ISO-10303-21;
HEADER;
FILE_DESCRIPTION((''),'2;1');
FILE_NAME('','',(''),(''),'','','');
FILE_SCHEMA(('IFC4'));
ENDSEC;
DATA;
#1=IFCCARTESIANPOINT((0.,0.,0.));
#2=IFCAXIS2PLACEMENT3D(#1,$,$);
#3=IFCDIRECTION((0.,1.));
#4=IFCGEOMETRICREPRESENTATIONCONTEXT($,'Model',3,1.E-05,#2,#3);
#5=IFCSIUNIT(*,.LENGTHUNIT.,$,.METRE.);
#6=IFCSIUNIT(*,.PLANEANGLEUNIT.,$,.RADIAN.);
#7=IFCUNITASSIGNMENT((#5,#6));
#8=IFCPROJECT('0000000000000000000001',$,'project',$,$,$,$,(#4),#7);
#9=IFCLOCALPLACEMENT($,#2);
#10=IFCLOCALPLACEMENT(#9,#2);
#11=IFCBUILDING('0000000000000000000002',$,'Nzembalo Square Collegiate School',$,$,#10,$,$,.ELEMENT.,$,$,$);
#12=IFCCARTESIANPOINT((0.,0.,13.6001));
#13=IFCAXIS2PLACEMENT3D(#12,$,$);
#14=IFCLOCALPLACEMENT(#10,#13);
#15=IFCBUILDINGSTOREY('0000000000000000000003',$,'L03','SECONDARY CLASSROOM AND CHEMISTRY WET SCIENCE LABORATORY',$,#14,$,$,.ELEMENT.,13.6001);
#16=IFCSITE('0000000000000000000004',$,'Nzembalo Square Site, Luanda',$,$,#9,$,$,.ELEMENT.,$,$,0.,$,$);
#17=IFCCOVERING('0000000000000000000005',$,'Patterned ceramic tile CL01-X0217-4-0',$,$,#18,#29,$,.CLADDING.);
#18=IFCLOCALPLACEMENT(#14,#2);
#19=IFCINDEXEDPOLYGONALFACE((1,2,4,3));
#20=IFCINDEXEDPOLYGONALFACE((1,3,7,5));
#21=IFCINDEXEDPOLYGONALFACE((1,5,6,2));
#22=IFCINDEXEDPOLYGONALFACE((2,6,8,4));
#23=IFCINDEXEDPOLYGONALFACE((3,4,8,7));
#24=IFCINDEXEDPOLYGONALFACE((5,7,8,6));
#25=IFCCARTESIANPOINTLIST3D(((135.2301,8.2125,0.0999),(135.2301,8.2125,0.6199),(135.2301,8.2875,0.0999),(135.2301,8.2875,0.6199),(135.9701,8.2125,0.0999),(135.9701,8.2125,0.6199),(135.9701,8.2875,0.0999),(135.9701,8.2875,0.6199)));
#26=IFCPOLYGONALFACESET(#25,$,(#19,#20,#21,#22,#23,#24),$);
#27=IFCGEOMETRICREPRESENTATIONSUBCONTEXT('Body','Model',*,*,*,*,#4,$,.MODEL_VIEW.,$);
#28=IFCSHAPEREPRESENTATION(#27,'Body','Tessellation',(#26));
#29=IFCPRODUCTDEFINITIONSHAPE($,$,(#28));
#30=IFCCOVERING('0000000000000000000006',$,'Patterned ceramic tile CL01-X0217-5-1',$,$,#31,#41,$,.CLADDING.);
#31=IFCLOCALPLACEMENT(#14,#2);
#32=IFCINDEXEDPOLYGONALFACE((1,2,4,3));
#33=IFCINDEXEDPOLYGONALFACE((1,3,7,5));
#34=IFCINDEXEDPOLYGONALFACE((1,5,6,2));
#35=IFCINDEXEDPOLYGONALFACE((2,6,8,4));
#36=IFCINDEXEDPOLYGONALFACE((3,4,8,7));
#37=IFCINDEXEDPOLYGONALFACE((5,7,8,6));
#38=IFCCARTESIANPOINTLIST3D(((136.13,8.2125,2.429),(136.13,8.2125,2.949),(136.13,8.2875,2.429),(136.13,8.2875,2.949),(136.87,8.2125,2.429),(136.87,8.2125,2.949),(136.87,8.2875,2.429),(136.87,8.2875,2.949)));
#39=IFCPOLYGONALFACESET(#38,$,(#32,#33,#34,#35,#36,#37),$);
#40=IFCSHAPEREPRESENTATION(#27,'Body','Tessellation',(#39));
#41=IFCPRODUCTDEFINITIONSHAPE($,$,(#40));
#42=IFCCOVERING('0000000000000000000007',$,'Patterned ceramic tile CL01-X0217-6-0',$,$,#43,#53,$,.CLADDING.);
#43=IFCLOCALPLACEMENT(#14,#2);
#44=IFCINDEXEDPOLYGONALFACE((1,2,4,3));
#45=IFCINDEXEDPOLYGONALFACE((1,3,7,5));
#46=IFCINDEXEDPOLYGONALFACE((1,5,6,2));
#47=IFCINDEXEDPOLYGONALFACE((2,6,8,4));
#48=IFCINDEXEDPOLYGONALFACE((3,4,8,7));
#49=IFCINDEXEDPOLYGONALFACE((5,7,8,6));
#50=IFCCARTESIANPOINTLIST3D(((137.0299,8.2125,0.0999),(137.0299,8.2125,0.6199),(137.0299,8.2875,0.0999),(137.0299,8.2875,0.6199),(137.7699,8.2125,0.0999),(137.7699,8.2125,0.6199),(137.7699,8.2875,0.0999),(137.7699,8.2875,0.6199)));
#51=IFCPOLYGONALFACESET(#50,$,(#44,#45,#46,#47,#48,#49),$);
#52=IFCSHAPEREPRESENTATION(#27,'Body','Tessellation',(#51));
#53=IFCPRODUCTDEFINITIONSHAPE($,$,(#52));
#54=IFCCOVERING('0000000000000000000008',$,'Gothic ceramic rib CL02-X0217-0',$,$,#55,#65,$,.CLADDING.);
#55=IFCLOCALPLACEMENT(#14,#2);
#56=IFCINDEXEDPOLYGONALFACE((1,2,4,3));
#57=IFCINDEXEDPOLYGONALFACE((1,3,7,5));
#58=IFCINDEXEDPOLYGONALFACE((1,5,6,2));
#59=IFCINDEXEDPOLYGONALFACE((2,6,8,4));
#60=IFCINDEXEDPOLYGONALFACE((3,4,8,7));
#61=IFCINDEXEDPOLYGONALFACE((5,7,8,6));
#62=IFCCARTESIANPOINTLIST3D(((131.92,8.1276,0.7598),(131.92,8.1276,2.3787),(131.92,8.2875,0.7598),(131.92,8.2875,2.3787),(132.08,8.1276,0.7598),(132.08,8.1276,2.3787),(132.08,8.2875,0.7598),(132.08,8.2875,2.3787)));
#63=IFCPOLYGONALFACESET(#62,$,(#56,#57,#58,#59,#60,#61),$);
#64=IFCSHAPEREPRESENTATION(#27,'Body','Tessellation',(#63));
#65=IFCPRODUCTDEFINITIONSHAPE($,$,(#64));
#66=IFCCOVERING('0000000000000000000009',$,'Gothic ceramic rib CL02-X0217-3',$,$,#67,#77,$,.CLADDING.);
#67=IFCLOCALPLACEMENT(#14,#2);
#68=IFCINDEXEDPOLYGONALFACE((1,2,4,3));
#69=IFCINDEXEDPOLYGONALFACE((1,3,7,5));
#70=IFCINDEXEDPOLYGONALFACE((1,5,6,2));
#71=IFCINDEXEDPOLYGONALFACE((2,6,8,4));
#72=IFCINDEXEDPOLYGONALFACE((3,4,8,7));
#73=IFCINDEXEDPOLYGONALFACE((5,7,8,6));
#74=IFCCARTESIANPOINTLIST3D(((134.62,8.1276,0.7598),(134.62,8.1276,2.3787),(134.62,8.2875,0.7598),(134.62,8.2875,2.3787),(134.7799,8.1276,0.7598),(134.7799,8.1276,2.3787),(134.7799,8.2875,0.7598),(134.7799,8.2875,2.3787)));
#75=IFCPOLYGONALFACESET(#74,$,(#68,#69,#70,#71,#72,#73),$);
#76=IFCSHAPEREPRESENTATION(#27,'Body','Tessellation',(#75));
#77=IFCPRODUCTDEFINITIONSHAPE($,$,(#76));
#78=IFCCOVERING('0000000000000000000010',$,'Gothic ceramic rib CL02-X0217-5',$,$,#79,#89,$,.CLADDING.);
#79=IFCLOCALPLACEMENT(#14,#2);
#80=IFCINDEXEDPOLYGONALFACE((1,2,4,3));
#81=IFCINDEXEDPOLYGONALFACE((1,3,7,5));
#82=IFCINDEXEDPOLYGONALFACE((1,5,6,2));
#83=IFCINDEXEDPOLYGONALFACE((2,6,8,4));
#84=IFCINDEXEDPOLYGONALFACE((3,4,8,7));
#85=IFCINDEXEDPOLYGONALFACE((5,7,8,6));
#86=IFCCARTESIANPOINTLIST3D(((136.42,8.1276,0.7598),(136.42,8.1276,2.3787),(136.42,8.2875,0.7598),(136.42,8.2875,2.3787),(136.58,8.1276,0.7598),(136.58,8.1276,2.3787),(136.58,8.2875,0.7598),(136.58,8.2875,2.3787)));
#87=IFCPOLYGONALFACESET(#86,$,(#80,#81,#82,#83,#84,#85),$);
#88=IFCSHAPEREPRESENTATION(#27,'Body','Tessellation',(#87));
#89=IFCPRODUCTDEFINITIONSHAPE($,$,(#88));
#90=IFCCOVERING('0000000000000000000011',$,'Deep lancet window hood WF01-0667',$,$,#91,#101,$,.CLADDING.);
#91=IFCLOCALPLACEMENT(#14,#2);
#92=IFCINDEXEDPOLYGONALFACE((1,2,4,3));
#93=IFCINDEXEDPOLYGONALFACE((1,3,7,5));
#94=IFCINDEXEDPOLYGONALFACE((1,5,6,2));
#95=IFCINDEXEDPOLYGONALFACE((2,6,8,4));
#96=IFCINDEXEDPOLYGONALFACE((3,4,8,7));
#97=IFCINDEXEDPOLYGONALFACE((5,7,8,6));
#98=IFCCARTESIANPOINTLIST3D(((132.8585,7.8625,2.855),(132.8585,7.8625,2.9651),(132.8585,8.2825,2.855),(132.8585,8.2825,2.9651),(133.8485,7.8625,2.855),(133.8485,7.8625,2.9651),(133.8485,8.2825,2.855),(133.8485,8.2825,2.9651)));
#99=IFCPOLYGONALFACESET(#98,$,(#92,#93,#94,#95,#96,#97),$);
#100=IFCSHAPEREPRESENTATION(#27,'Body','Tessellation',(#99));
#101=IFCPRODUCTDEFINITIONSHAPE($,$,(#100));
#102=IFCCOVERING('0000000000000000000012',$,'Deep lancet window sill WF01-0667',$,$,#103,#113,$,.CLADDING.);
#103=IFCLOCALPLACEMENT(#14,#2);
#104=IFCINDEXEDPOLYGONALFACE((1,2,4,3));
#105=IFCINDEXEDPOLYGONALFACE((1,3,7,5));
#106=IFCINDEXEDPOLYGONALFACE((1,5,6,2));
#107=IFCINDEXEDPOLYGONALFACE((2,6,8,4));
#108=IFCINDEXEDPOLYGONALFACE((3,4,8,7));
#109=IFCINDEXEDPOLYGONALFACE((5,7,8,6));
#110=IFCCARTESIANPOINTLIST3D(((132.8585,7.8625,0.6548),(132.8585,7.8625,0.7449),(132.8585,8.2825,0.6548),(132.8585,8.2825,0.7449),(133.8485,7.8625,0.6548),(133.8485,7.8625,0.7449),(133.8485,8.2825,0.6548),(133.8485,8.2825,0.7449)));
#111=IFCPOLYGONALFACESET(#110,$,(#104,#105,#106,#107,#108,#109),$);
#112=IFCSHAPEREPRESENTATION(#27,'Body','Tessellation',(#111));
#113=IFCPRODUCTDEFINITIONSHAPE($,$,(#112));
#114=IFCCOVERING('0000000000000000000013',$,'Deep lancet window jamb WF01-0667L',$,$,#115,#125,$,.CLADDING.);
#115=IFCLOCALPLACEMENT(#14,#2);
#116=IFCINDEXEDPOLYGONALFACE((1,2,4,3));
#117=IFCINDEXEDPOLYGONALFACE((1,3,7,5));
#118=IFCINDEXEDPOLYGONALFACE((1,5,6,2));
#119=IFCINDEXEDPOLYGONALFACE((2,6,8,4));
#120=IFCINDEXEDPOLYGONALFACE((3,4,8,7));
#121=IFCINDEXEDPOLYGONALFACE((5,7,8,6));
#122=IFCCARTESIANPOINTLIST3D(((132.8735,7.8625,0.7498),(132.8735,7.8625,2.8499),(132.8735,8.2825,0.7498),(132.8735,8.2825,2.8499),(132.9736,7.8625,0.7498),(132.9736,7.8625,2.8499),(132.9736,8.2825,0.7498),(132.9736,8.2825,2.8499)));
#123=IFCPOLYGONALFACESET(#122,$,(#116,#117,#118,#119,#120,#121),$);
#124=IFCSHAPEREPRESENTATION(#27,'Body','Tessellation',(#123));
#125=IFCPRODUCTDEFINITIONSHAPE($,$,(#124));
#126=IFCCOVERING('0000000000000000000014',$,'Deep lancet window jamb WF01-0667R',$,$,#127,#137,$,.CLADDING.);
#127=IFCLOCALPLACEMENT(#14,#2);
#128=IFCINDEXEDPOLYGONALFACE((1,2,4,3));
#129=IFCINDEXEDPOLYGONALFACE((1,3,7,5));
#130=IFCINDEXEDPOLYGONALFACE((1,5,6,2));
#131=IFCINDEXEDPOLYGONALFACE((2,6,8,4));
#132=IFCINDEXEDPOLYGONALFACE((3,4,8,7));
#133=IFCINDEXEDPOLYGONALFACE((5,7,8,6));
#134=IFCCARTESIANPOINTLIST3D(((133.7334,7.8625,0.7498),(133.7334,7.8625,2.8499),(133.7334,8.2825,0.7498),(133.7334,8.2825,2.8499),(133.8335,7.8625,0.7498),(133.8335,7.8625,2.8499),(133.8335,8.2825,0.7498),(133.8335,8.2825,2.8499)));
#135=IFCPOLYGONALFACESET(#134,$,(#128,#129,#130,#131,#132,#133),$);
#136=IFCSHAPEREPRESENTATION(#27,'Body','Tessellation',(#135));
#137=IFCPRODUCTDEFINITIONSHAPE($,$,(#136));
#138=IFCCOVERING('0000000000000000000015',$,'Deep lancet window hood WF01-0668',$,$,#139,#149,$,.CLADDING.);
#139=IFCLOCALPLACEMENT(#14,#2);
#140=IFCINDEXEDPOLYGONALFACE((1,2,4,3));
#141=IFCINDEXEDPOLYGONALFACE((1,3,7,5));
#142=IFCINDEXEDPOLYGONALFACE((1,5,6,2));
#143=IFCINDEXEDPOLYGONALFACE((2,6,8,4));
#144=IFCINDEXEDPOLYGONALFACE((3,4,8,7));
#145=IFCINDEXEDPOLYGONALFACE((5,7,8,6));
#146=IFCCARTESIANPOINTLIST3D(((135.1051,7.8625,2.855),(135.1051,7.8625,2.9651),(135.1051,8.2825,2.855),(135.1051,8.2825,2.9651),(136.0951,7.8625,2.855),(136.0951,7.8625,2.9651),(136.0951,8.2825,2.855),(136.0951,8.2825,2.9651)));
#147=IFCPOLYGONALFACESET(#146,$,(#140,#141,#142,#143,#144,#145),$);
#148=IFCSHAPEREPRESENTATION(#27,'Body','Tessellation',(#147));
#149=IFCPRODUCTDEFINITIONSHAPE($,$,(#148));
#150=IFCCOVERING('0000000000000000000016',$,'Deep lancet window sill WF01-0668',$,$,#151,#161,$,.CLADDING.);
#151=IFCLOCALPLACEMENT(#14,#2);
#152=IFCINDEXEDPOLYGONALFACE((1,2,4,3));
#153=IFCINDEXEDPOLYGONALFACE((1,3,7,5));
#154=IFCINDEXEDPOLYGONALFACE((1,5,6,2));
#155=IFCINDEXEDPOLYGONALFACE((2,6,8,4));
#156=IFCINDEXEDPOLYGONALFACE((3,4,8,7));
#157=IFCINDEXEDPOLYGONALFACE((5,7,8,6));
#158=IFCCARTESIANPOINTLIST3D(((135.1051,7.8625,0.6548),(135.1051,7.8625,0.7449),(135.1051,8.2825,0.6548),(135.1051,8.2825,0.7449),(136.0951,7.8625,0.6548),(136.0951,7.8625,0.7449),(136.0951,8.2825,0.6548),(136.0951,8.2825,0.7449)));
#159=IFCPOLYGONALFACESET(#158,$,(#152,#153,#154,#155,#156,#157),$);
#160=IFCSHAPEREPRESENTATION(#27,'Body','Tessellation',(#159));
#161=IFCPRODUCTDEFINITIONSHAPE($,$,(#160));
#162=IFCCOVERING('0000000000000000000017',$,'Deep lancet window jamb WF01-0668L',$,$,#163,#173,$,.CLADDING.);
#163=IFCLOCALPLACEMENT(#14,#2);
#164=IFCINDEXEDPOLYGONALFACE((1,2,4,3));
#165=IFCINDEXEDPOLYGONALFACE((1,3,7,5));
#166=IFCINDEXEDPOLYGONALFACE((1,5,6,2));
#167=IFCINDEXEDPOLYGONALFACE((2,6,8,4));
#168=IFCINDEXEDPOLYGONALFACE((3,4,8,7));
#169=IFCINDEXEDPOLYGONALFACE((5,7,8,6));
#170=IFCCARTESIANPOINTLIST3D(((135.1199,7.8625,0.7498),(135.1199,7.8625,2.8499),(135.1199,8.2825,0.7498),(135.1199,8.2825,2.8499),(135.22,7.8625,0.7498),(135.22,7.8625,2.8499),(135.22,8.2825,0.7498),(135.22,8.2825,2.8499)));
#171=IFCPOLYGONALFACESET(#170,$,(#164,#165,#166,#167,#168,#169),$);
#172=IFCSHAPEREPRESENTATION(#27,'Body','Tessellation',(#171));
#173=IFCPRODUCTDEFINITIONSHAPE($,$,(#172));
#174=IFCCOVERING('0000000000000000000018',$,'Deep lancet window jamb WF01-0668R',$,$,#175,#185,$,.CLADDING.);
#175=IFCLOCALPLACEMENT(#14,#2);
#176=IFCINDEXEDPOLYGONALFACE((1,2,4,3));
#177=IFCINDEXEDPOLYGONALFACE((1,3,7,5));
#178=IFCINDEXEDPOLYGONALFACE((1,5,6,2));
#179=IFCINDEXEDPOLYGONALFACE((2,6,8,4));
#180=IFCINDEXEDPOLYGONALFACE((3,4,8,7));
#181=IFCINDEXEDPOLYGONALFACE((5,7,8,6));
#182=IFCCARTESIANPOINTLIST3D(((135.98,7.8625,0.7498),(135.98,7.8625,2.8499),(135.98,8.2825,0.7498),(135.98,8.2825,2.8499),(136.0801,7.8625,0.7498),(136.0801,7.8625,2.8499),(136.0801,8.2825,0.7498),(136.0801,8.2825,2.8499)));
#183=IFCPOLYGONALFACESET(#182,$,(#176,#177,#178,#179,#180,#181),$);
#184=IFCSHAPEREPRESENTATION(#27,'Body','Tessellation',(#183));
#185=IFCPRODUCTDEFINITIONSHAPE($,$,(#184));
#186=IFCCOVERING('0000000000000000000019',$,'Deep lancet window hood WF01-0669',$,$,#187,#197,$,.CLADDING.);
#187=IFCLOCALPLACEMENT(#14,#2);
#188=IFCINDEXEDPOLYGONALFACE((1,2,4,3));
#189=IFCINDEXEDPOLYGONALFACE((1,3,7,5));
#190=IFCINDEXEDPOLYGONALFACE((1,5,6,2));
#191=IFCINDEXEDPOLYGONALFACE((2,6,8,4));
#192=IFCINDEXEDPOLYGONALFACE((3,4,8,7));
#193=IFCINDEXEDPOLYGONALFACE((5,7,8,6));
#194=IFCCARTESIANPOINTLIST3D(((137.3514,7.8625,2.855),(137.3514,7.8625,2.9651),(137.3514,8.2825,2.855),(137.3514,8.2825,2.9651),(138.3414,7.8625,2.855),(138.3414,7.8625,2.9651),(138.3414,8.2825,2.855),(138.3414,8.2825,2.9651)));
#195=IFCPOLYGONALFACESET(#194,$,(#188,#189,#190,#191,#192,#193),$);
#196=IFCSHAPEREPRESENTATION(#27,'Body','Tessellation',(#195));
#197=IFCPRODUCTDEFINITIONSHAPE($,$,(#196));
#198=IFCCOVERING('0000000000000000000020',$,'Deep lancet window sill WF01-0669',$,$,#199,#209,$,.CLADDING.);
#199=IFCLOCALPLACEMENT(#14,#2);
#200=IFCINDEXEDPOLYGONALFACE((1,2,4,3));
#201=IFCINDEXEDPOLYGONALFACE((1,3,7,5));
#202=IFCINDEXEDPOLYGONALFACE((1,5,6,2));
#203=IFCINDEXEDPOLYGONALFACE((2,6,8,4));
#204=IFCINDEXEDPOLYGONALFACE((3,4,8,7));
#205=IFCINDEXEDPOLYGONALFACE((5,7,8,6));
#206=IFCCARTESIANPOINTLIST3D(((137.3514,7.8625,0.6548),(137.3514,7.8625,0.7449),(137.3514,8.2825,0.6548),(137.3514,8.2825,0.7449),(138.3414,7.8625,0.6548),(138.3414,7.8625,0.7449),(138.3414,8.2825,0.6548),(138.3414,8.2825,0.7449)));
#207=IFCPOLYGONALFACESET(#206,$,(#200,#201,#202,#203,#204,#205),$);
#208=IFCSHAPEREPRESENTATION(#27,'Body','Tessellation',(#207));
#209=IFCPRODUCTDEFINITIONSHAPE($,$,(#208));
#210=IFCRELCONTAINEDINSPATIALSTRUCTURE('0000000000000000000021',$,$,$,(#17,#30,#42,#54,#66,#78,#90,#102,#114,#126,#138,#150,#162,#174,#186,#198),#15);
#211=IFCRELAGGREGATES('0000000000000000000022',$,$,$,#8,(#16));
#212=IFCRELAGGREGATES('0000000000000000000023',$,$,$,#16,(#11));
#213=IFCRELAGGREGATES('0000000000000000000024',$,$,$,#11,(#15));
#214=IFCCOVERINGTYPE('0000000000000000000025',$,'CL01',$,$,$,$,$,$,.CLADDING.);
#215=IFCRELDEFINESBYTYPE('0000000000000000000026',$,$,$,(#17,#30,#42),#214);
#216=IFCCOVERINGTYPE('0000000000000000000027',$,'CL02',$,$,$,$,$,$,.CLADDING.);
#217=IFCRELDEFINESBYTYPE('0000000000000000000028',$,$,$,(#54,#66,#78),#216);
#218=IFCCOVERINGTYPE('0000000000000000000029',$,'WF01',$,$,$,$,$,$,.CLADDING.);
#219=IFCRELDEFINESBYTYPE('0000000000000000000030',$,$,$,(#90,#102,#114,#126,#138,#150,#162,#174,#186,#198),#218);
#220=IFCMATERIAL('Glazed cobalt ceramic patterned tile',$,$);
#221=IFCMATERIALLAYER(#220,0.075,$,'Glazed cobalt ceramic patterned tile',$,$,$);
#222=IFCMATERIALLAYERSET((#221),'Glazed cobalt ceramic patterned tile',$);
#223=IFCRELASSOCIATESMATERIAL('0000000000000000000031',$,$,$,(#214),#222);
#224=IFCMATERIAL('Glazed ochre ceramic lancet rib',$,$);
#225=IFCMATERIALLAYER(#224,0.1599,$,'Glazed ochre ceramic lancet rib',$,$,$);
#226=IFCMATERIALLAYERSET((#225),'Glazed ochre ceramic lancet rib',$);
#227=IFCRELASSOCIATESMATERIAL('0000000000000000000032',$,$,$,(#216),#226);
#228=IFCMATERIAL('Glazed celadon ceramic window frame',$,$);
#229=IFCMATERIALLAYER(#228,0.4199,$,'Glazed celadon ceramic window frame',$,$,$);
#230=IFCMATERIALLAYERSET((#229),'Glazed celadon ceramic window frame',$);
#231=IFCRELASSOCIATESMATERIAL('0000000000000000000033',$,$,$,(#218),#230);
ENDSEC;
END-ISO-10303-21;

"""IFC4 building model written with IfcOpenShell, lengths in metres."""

from ifc_helpers import new_model, si_unit, direction, frame, origin, origin_2d, place, context, subcontext, project, spatial, rectangle, extrude, material, layer, layer_set, type_object, element, save


model = new_model("IFC4")

# Units and contexts
model_context = context("Model", 3, precision=1e-05, world=origin(), true_north=direction((0.0, 1.0)))
body_context = subcontext(model_context, "Body", "Model", "MODEL_VIEW")
ifc_project = project(units=[si_unit("LENGTHUNIT", "METRE"), si_unit("PLANEANGLEUNIT", "RADIAN")], contexts=[model_context])

# Site, building, storey
site_placement = place(None, origin())
site = spatial("IfcSite", under=ifc_project, at=site_placement, Name="Nzembalo Square Site, Luanda", CompositionType="ELEMENT", RefElevation=0.0)
building_placement = place(site_placement, origin())
building = spatial("IfcBuilding", under=site, at=building_placement, Name="Nzembalo Square Collegiate School", CompositionType="ELEMENT")
storey_placement = place(building_placement, frame((0.0, 0.0, 13.6001)))
storey = spatial("IfcBuildingStorey", under=building, at=storey_placement, Name="L03", Description="SECONDARY CLASSROOM AND CHEMISTRY WET SCIENCE LABORATORY", CompositionType="ELEMENT", Elevation=13.6001)

# Coverings
ifc_material_1 = material(Name="Glazed cobalt ceramic patterned tile")
ifc_layer_1 = layer(ifc_material_1, 0.075, Name="Glazed cobalt ceramic patterned tile")
ifc_layer_set_1 = layer_set([ifc_layer_1], Name="Glazed cobalt ceramic patterned tile")
covering_type_1 = type_object("IfcCoveringType", Name="CL01", PredefinedType="CLADDING", material=ifc_layer_set_1)
for number, where, z_axis, x_axis, name in (
    (1, (135.6001, 8.25, 0.0999), (0.0, 0.0, 1.0), (1.0, 0.0, 0.0), "Patterned ceramic tile CL01-X0217-4-0"),
    (2, (136.5, 8.25, 2.429), (0.0, 0.0, 1.0), (1.0, 0.0, 0.0), "Patterned ceramic tile CL01-X0217-5-1"),
    (3, (137.3999, 8.25, 0.0999), (0.0, 0.0, 1.0), (1.0, 0.0, 0.0), "Patterned ceramic tile CL01-X0217-6-0"),
):
    element("IfcCovering", number, at=place(storey_placement, frame(where, z_axis=z_axis, x_axis=x_axis)), inside=storey, type_object=covering_type_1, Name=name, PredefinedType="CLADDING", context=body_context, shape_type="SweptSolid", body=[
        extrude(rectangle(XDim=0.74, YDim=0.075, at=origin_2d()), origin(), (0.0, 0.0, 1.0), 0.52),
    ])
ifc_material_2 = material(Name="Glazed ochre ceramic lancet rib")
ifc_layer_2 = layer(ifc_material_2, 0.1599, Name="Glazed ochre ceramic lancet rib")
ifc_layer_set_2 = layer_set([ifc_layer_2], Name="Glazed ochre ceramic lancet rib")
covering_type_2 = type_object("IfcCoveringType", Name="CL02", PredefinedType="CLADDING", material=ifc_layer_set_2)
for number, where, z_axis, x_axis, name in (
    (4, (132.0, 8.2075, 0.7598), (0.0, 0.0, 1.0), (1.0, 0.0, 0.0), "Gothic ceramic rib CL02-X0217-0"),
    (5, (134.7, 8.2075, 0.7598), (0.0, 0.0, 1.0), (1.0, 0.0, 0.0), "Gothic ceramic rib CL02-X0217-3"),
    (6, (136.5, 8.2075, 0.7598), (0.0, 0.0, 1.0), (1.0, 0.0, 0.0), "Gothic ceramic rib CL02-X0217-5"),
):
    element("IfcCovering", number, at=place(storey_placement, frame(where, z_axis=z_axis, x_axis=x_axis)), inside=storey, type_object=covering_type_2, Name=name, PredefinedType="CLADDING", context=body_context, shape_type="SweptSolid", body=[
        extrude(rectangle(XDim=0.1599, YDim=0.1599, at=origin_2d()), origin(), (0.0, 0.0, 1.0), 1.6189),
    ])
ifc_material_3 = material(Name="Glazed celadon ceramic window frame")
ifc_layer_3 = layer(ifc_material_3, 0.4199, Name="Glazed celadon ceramic window frame")
ifc_layer_set_3 = layer_set([ifc_layer_3], Name="Glazed celadon ceramic window frame")
covering_type_3 = type_object("IfcCoveringType", Name="WF01", PredefinedType="CLADDING", material=ifc_layer_set_3)
covering_1_placement = place(storey_placement, frame((133.3535, 8.0725, 2.855), z_axis=(0.0, 0.0, 1.0), x_axis=(1.0, 0.0, 0.0)))
element("IfcCovering", 7, at=covering_1_placement, inside=storey, type_object=covering_type_3, Name="Deep lancet window hood WF01-0667", PredefinedType="CLADDING", context=body_context, shape_type="SweptSolid", body=[
    extrude(rectangle(XDim=0.99, YDim=0.4199, at=origin_2d()), origin(), (0.0, 0.0, 1.0), 0.1101),
])
covering_2_placement = place(storey_placement, frame((133.3535, 8.0725, 0.6548), z_axis=(0.0, 0.0, 1.0), x_axis=(1.0, 0.0, 0.0)))
element("IfcCovering", 8, at=covering_2_placement, inside=storey, type_object=covering_type_3, Name="Deep lancet window sill WF01-0667", PredefinedType="CLADDING", context=body_context, shape_type="SweptSolid", body=[
    extrude(rectangle(XDim=0.99, YDim=0.4199, at=origin_2d()), origin(), (0.0, 0.0, 1.0), 0.0901),
])
for number, where, z_axis, x_axis, name in (
    (9, (132.9236, 8.0725, 0.7498), (0.0, 0.0, 1.0), (1.0, 0.0, 0.0), "Deep lancet window jamb WF01-0667L"),
    (10, (133.7834, 8.0725, 0.7498), (0.0, 0.0, 1.0), (1.0, 0.0, 0.0), "Deep lancet window jamb WF01-0667R"),
):
    element("IfcCovering", number, at=place(storey_placement, frame(where, z_axis=z_axis, x_axis=x_axis)), inside=storey, type_object=covering_type_3, Name=name, PredefinedType="CLADDING", context=body_context, shape_type="SweptSolid", body=[
        extrude(rectangle(XDim=0.1001, YDim=0.4199, at=origin_2d()), origin(), (0.0, 0.0, 1.0), 2.1001),
    ])
covering_3_placement = place(storey_placement, frame((135.6001, 8.0725, 2.855), z_axis=(0.0, 0.0, 1.0), x_axis=(1.0, 0.0, 0.0)))
element("IfcCovering", 11, at=covering_3_placement, inside=storey, type_object=covering_type_3, Name="Deep lancet window hood WF01-0668", PredefinedType="CLADDING", context=body_context, shape_type="SweptSolid", body=[
    extrude(rectangle(XDim=0.99, YDim=0.4199, at=origin_2d()), origin(), (0.0, 0.0, 1.0), 0.1101),
])
covering_4_placement = place(storey_placement, frame((135.6001, 8.0725, 0.6548), z_axis=(0.0, 0.0, 1.0), x_axis=(1.0, 0.0, 0.0)))
element("IfcCovering", 12, at=covering_4_placement, inside=storey, type_object=covering_type_3, Name="Deep lancet window sill WF01-0668", PredefinedType="CLADDING", context=body_context, shape_type="SweptSolid", body=[
    extrude(rectangle(XDim=0.99, YDim=0.4199, at=origin_2d()), origin(), (0.0, 0.0, 1.0), 0.0901),
])
for number, where, z_axis, x_axis, name in (
    (13, (135.1699, 8.0725, 0.7498), (0.0, 0.0, 1.0), (1.0, 0.0, 0.0), "Deep lancet window jamb WF01-0668L"),
    (14, (136.03, 8.0725, 0.7498), (0.0, 0.0, 1.0), (1.0, 0.0, 0.0), "Deep lancet window jamb WF01-0668R"),
):
    element("IfcCovering", number, at=place(storey_placement, frame(where, z_axis=z_axis, x_axis=x_axis)), inside=storey, type_object=covering_type_3, Name=name, PredefinedType="CLADDING", context=body_context, shape_type="SweptSolid", body=[
        extrude(rectangle(XDim=0.1001, YDim=0.4199, at=origin_2d()), origin(), (0.0, 0.0, 1.0), 2.1001),
    ])
covering_5_placement = place(storey_placement, frame((137.8464, 8.0725, 2.855), z_axis=(0.0, 0.0, 1.0), x_axis=(1.0, 0.0, 0.0)))
element("IfcCovering", 15, at=covering_5_placement, inside=storey, type_object=covering_type_3, Name="Deep lancet window hood WF01-0669", PredefinedType="CLADDING", context=body_context, shape_type="SweptSolid", body=[
    extrude(rectangle(XDim=0.99, YDim=0.4199, at=origin_2d()), origin(), (0.0, 0.0, 1.0), 0.1101),
])
covering_6_placement = place(storey_placement, frame((137.8464, 8.0725, 0.6548), z_axis=(0.0, 0.0, 1.0), x_axis=(1.0, 0.0, 0.0)))
element("IfcCovering", 16, at=covering_6_placement, inside=storey, type_object=covering_type_3, Name="Deep lancet window sill WF01-0669", PredefinedType="CLADDING", context=body_context, shape_type="SweptSolid", body=[
    extrude(rectangle(XDim=0.99, YDim=0.4199, at=origin_2d()), origin(), (0.0, 0.0, 1.0), 0.0901),
])

save(model, "model.ifc")
